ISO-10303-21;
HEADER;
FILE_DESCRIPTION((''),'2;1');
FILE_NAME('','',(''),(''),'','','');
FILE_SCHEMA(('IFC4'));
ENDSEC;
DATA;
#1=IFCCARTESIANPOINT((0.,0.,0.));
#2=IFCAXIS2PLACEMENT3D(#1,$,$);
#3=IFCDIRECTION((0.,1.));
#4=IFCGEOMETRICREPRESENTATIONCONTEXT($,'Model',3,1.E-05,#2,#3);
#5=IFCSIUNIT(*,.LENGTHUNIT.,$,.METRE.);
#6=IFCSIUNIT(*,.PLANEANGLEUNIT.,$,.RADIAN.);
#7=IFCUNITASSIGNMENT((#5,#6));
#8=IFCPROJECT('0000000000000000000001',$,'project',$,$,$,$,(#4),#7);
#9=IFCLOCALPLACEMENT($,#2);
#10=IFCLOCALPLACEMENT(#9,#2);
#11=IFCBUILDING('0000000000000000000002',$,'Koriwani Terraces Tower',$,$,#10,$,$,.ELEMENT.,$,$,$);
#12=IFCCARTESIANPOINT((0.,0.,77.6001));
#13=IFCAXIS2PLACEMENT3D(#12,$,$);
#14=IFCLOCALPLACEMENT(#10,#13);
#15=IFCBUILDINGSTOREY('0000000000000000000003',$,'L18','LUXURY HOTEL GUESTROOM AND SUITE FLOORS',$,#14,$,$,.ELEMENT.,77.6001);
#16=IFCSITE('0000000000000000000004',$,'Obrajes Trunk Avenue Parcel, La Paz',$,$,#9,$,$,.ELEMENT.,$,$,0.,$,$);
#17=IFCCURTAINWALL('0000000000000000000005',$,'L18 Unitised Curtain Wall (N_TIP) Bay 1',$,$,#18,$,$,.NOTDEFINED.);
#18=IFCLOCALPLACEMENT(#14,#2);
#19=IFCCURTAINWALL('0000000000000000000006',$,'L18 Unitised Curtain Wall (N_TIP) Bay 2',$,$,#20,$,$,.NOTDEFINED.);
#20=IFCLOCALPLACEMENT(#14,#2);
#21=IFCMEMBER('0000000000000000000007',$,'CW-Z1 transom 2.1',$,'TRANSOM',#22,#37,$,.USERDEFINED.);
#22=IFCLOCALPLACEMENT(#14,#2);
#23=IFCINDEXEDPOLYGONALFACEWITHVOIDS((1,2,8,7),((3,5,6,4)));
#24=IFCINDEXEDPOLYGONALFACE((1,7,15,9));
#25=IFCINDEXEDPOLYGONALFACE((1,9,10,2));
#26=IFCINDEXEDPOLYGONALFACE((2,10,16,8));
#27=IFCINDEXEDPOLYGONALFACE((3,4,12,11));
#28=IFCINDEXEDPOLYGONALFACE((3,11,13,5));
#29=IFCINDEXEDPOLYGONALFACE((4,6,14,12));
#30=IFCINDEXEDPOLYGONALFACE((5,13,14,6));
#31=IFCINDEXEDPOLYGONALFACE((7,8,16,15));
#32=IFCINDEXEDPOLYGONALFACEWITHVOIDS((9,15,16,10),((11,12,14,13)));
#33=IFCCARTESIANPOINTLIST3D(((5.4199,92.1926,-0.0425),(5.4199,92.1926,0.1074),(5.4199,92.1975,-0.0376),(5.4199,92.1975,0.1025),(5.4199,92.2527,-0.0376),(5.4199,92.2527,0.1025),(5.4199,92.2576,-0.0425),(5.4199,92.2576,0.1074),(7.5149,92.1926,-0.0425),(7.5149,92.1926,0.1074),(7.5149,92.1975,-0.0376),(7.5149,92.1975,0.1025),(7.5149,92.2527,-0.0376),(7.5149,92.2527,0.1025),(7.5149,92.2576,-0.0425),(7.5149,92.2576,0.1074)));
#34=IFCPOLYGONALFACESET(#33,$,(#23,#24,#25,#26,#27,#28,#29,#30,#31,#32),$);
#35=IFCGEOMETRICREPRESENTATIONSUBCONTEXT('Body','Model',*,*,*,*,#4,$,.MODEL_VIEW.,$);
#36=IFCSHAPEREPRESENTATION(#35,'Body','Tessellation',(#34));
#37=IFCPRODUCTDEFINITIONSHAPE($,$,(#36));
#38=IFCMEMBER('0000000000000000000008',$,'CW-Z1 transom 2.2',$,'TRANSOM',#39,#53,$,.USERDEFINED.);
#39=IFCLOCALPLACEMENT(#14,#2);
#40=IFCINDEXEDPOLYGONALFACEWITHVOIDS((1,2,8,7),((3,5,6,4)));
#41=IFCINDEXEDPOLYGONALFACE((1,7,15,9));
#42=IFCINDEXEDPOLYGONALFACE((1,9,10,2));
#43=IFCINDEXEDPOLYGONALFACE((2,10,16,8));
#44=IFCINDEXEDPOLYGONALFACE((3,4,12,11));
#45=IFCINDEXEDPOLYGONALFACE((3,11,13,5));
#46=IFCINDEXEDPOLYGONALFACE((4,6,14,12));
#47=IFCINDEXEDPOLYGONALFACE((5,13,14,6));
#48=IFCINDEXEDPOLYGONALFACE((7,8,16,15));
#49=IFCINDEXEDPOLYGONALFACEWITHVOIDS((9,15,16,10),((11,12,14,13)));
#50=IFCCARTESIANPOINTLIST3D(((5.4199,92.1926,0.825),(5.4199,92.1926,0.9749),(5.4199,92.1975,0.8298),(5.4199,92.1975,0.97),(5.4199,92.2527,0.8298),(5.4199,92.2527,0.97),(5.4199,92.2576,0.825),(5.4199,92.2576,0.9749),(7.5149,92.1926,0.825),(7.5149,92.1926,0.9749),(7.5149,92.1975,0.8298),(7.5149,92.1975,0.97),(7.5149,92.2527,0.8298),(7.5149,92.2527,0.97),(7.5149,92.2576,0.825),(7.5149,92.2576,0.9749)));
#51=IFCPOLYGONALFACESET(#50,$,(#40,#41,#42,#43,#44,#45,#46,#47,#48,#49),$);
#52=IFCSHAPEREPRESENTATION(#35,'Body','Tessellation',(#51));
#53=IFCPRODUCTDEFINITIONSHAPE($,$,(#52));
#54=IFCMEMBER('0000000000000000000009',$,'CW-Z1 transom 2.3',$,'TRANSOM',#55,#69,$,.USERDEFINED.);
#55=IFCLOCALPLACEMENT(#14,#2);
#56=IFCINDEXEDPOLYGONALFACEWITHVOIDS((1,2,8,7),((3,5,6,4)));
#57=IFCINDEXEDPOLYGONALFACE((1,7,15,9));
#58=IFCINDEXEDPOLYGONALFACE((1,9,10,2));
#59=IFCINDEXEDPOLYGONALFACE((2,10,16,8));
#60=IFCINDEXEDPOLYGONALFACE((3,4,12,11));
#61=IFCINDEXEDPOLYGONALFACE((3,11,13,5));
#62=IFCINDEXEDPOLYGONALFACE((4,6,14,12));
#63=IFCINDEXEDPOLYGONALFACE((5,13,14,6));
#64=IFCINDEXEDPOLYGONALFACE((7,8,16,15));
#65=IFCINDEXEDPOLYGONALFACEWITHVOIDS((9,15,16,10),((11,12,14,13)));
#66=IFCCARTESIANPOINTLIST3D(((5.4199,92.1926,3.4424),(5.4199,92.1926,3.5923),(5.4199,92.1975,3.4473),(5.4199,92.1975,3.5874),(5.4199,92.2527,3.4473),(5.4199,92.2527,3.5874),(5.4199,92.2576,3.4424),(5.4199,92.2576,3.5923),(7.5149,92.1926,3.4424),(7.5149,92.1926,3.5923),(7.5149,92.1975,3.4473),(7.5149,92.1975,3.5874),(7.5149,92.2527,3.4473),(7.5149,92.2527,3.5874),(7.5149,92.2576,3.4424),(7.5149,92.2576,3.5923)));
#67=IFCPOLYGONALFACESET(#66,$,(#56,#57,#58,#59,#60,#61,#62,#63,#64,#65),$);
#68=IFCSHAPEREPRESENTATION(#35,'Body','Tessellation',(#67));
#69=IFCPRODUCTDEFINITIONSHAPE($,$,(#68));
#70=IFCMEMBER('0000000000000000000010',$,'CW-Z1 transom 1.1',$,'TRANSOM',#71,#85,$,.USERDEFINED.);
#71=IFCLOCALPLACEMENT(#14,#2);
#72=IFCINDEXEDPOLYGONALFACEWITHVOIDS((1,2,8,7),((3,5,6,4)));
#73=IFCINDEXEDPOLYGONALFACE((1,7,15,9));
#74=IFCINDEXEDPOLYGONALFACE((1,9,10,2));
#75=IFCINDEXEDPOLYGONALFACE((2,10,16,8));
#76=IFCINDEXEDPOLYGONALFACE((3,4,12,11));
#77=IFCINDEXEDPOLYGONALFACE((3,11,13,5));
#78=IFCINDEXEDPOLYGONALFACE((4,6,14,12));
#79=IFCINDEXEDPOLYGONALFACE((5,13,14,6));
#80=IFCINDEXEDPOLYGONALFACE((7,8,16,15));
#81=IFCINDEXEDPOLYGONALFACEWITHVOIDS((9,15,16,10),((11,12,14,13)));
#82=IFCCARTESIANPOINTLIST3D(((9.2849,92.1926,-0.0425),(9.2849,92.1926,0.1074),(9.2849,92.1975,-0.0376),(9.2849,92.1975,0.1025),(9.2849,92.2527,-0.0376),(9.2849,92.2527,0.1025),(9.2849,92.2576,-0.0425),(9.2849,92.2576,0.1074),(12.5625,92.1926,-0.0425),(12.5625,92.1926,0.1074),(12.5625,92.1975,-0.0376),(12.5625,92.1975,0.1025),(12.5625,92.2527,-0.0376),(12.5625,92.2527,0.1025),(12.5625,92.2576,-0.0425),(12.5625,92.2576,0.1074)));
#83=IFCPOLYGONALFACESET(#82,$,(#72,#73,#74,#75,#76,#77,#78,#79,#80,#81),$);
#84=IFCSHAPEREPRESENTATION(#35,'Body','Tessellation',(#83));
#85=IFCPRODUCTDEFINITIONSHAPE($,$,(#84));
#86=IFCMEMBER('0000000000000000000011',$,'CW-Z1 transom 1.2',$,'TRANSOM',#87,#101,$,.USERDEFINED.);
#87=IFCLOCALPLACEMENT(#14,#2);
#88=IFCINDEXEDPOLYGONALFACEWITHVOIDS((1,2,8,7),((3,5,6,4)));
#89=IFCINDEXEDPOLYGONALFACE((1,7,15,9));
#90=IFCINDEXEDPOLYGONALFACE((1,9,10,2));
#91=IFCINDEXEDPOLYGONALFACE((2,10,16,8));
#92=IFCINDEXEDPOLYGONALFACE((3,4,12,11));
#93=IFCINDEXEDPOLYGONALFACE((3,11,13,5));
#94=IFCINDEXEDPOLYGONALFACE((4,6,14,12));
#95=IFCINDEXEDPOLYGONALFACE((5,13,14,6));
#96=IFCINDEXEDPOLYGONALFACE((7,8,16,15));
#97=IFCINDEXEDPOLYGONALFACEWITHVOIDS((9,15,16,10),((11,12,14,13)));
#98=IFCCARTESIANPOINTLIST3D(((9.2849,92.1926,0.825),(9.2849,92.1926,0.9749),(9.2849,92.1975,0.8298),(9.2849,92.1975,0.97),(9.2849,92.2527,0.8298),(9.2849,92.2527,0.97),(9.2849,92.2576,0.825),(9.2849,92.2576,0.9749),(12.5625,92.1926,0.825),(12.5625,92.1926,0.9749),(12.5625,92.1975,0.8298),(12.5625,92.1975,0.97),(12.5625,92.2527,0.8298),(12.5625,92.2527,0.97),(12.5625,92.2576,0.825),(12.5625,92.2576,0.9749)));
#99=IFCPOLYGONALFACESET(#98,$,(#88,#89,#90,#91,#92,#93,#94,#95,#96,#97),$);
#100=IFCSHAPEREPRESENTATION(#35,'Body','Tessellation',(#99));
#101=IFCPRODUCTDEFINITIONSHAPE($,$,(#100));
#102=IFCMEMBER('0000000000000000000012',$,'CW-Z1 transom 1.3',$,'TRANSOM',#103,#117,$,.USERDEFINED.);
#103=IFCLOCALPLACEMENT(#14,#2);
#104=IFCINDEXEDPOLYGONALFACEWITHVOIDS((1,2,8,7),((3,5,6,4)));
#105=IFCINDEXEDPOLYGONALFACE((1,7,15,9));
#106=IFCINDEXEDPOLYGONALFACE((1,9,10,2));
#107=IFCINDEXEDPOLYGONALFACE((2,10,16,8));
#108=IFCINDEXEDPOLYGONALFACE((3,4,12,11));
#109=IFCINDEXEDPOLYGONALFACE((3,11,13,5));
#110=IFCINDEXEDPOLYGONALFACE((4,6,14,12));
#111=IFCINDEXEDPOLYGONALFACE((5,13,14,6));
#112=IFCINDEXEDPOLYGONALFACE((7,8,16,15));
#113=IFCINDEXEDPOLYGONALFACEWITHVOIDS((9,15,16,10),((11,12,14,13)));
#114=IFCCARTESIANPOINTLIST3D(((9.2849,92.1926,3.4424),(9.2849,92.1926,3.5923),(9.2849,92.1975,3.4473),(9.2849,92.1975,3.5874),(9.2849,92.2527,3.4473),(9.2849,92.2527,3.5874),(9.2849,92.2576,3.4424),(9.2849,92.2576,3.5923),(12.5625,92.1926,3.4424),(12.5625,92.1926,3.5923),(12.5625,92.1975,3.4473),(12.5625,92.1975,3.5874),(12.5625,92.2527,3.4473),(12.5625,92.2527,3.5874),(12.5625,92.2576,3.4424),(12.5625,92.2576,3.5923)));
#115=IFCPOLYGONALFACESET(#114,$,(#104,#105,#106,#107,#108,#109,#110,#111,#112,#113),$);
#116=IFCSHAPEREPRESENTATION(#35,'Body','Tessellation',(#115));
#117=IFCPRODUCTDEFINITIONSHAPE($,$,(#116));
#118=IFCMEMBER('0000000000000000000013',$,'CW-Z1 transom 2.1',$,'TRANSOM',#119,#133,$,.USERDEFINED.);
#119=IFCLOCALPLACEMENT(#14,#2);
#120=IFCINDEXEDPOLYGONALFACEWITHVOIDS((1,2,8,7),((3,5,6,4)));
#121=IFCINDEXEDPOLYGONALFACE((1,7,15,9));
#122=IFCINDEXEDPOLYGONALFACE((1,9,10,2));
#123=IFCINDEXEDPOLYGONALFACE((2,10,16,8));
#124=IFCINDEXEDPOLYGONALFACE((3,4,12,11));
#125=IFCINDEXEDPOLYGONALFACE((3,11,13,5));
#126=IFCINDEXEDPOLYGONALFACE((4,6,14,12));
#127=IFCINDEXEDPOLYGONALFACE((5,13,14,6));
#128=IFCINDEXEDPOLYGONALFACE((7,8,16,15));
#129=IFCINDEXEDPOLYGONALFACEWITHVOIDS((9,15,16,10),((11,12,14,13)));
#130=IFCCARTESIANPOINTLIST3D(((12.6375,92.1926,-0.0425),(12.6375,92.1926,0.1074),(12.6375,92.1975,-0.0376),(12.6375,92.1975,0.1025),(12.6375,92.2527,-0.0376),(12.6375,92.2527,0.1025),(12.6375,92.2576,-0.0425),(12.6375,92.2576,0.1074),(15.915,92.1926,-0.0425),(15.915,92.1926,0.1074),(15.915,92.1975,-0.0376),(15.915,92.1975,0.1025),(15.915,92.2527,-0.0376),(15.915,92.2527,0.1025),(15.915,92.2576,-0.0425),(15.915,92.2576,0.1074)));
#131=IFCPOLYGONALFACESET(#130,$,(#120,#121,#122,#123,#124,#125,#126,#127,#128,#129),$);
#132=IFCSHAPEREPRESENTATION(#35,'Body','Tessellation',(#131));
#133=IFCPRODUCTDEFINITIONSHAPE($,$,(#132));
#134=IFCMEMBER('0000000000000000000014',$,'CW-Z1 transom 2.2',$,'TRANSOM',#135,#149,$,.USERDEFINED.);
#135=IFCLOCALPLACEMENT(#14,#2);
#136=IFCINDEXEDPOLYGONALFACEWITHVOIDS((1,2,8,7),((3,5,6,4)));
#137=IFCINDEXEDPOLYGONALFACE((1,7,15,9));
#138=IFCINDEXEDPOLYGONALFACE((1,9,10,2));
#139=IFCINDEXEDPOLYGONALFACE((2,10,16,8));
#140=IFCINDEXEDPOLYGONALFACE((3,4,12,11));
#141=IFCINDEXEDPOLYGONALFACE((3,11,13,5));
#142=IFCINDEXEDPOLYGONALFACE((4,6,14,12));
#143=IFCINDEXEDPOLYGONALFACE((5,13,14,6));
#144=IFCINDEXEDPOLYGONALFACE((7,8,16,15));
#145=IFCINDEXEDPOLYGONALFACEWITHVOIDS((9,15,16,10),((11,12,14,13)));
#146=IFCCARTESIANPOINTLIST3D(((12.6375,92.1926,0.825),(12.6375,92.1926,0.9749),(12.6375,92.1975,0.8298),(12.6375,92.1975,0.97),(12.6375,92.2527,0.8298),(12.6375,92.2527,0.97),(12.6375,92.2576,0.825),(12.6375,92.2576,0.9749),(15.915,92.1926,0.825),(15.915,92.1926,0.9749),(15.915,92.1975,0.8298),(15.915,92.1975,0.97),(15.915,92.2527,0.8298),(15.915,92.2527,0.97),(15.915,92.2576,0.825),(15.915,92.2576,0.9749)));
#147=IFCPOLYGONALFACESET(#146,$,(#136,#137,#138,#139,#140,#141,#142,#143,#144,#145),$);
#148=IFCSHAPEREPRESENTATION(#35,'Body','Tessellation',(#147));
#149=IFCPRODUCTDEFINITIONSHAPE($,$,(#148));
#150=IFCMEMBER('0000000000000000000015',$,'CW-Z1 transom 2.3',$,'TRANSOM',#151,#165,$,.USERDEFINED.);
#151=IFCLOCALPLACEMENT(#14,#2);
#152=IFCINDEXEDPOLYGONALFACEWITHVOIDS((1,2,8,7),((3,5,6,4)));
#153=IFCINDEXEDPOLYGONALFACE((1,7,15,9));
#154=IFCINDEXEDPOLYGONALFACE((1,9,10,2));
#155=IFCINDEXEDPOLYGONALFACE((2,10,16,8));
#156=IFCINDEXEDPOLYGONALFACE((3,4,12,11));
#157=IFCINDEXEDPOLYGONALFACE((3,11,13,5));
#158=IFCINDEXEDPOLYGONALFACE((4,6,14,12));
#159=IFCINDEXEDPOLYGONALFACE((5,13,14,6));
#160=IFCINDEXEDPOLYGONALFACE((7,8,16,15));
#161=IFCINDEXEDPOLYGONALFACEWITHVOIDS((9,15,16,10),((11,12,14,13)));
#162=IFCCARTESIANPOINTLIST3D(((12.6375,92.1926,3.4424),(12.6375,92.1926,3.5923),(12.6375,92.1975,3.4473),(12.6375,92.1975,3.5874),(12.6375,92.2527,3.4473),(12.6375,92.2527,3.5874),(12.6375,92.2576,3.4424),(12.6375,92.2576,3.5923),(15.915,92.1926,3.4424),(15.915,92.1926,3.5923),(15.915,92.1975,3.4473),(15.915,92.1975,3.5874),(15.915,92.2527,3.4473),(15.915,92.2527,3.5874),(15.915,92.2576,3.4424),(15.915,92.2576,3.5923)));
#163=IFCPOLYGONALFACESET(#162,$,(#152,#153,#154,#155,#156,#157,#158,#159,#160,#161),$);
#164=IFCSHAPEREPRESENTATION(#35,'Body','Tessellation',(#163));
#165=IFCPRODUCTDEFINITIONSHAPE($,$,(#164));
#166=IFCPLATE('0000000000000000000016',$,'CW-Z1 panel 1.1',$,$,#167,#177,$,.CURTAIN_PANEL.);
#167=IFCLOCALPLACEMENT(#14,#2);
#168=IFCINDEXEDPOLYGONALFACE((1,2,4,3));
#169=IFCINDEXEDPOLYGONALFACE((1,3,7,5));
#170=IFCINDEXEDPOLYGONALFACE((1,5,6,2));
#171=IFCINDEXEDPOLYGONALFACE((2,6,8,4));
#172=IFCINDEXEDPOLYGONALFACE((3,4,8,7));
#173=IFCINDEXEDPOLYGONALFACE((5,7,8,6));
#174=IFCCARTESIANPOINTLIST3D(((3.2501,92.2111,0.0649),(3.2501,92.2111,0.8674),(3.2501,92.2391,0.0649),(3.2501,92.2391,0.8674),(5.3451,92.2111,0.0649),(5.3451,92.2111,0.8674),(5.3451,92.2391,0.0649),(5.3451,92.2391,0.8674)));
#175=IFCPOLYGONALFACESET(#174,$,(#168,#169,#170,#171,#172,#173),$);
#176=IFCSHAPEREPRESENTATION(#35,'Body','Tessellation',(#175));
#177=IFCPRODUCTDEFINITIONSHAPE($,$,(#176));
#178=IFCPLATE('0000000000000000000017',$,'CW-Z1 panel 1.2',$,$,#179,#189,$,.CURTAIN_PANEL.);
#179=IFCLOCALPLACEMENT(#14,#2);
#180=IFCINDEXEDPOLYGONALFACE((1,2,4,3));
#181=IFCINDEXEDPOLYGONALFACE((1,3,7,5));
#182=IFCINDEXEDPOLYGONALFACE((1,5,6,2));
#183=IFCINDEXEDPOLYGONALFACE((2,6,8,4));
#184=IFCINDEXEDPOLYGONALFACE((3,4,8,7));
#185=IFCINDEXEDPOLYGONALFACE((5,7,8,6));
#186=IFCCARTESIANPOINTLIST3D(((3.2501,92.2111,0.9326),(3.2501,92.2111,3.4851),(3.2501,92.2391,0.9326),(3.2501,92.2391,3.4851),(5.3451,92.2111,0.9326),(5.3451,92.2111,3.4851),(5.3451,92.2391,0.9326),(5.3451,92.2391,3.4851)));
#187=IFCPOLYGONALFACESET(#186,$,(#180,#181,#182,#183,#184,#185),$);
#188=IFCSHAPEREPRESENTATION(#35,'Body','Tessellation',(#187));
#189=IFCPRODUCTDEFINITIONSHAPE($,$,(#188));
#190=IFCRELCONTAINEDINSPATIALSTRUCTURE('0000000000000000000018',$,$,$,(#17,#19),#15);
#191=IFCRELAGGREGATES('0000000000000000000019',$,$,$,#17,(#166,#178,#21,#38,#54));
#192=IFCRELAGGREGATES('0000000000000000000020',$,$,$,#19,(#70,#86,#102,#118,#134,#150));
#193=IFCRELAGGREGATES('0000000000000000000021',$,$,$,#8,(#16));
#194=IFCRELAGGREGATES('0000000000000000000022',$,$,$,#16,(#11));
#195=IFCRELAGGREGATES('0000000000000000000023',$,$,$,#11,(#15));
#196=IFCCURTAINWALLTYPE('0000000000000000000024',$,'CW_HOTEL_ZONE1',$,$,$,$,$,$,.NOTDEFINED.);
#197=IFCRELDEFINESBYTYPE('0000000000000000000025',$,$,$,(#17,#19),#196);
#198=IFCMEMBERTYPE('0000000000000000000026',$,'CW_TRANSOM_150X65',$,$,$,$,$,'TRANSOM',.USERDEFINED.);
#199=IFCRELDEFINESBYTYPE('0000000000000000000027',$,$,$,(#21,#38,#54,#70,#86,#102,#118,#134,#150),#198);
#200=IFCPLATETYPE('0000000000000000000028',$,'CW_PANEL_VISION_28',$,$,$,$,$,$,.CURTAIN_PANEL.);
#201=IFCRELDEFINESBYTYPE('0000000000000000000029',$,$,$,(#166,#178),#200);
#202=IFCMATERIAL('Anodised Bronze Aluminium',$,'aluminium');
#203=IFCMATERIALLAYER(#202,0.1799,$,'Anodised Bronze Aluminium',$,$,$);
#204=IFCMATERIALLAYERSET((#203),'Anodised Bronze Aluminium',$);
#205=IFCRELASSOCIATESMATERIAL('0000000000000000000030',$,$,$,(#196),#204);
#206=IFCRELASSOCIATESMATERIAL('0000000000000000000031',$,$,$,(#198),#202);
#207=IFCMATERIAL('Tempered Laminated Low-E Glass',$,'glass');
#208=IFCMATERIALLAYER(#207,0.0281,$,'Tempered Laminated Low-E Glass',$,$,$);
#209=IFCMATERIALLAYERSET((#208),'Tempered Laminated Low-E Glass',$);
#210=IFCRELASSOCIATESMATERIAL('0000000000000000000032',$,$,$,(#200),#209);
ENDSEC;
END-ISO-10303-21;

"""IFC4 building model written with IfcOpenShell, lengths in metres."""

from ifc_helpers import new_model, si_unit, direction, frame, origin, origin_2d, place, context, subcontext, project, spatial, rectangle, hollow_rectangle, extrude, material, layer, layer_set, material_profile, profile_set, type_object, element, aggregate, save


model = new_model("IFC4")

# Units and contexts
model_context = context("Model", 3, precision=1e-05, world=origin(), true_north=direction((0.0, 1.0)))
body_context = subcontext(model_context, "Body", "Model", "MODEL_VIEW")
ifc_project = project(units=[si_unit("LENGTHUNIT", "METRE"), si_unit("PLANEANGLEUNIT", "RADIAN")], contexts=[model_context])

# Site, building, storey
site_placement = place(None, origin())
site = spatial("IfcSite", under=ifc_project, at=site_placement, Name="Obrajes Trunk Avenue Parcel, La Paz", CompositionType="ELEMENT", RefElevation=0.0)
building_placement = place(site_placement, origin())
building = spatial("IfcBuilding", under=site, at=building_placement, Name="Koriwani Terraces Tower", CompositionType="ELEMENT")
storey_placement = place(building_placement, frame((0.0, 0.0, 77.6001)))
storey = spatial("IfcBuildingStorey", under=building, at=storey_placement, Name="L18", Description="LUXURY HOTEL GUESTROOM AND SUITE FLOORS", CompositionType="ELEMENT", Elevation=77.6001)

# Curtain walls
ifc_material_1 = material(Name="Anodised Bronze Aluminium", Category="aluminium")
ifc_layer_1 = layer(ifc_material_1, 0.1799, Name="Anodised Bronze Aluminium")
ifc_layer_set_1 = layer_set([ifc_layer_1], Name="Anodised Bronze Aluminium")
curtain_wall_type = type_object("IfcCurtainWallType", Name="CW_HOTEL_ZONE1", PredefinedType="NOTDEFINED", material=ifc_layer_set_1)
curtain_wall_1_placement = place(storey_placement, origin())
curtain_wall_1 = element("IfcCurtainWall", 1, at=curtain_wall_1_placement, inside=storey, type_object=curtain_wall_type, Name="L18 Unitised Curtain Wall (N_TIP) Bay 1", PredefinedType="NOTDEFINED")
curtain_wall_2_placement = place(storey_placement, origin())
curtain_wall_2 = element("IfcCurtainWall", 2, at=curtain_wall_2_placement, inside=storey, type_object=curtain_wall_type, Name="L18 Unitised Curtain Wall (N_TIP) Bay 2", PredefinedType="NOTDEFINED")

# Members
ifc_material_profile_1 = material_profile(ifc_material_1, hollow_rectangle(XDim=0.0649, YDim=0.1499, WallThickness=0.0049, at=origin_2d()), Name="Anodised Bronze Aluminium", Category="LoadBearing")
ifc_profile_set_1 = profile_set([ifc_material_profile_1], Name="Anodised Bronze Aluminium")
member_type_1 = type_object("IfcMemberType", Name="CW_TRANSOM_150X65", ElementType="TRANSOM", PredefinedType="USERDEFINED", material=ifc_profile_set_1)
member_1_placement = place(storey_placement, frame((5.4199, 92.2251, 0.0325), z_axis=(1.0, 0.0, 0.0), x_axis=(0.0, 1.0, 0.0)))
member_1 = element("IfcMember", 3, at=member_1_placement, type_object=member_type_1, Name="CW-Z1 transom 2.1", ObjectType="TRANSOM", PredefinedType="USERDEFINED", context=body_context, shape_type="SweptSolid", body=[
    extrude(hollow_rectangle(XDim=0.0649, YDim=0.1499, WallThickness=0.0049, at=origin_2d()), origin(), (0.0, 0.0, 1.0), 2.095),
])
member_2_placement = place(storey_placement, frame((5.4199, 92.2251, 0.8999), z_axis=(1.0, 0.0, 0.0), x_axis=(0.0, 1.0, 0.0)))
member_2 = element("IfcMember", 4, at=member_2_placement, type_object=member_type_1, Name="CW-Z1 transom 2.2", ObjectType="TRANSOM", PredefinedType="USERDEFINED", context=body_context, shape_type="SweptSolid", body=[
    extrude(hollow_rectangle(XDim=0.0649, YDim=0.1499, WallThickness=0.0049, at=origin_2d()), origin(), (0.0, 0.0, 1.0), 2.095),
])
member_3_placement = place(storey_placement, frame((5.4199, 92.2251, 3.5173), z_axis=(1.0, 0.0, 0.0), x_axis=(0.0, 1.0, 0.0)))
member_3 = element("IfcMember", 5, at=member_3_placement, type_object=member_type_1, Name="CW-Z1 transom 2.3", ObjectType="TRANSOM", PredefinedType="USERDEFINED", context=body_context, shape_type="SweptSolid", body=[
    extrude(hollow_rectangle(XDim=0.0649, YDim=0.1499, WallThickness=0.0049, at=origin_2d()), origin(), (0.0, 0.0, 1.0), 2.095),
])
member_4_placement = place(storey_placement, frame((9.2849, 92.2251, 0.0325), z_axis=(1.0, 0.0, 0.0), x_axis=(0.0, 1.0, 0.0)))
member_4 = element("IfcMember", 6, at=member_4_placement, type_object=member_type_1, Name="CW-Z1 transom 1.1", ObjectType="TRANSOM", PredefinedType="USERDEFINED", context=body_context, shape_type="SweptSolid", body=[
    extrude(hollow_rectangle(XDim=0.0649, YDim=0.1499, WallThickness=0.0049, at=origin_2d()), origin(), (0.0, 0.0, 1.0), 3.2776),
])
member_5_placement = place(storey_placement, frame((9.2849, 92.2251, 0.8999), z_axis=(1.0, 0.0, 0.0), x_axis=(0.0, 1.0, 0.0)))
member_5 = element("IfcMember", 7, at=member_5_placement, type_object=member_type_1, Name="CW-Z1 transom 1.2", ObjectType="TRANSOM", PredefinedType="USERDEFINED", context=body_context, shape_type="SweptSolid", body=[
    extrude(hollow_rectangle(XDim=0.0649, YDim=0.1499, WallThickness=0.0049, at=origin_2d()), origin(), (0.0, 0.0, 1.0), 3.2776),
])
member_6_placement = place(storey_placement, frame((9.2849, 92.2251, 3.5173), z_axis=(1.0, 0.0, 0.0), x_axis=(0.0, 1.0, 0.0)))
member_6 = element("IfcMember", 8, at=member_6_placement, type_object=member_type_1, Name="CW-Z1 transom 1.3", ObjectType="TRANSOM", PredefinedType="USERDEFINED", context=body_context, shape_type="SweptSolid", body=[
    extrude(hollow_rectangle(XDim=0.0649, YDim=0.1499, WallThickness=0.0049, at=origin_2d()), origin(), (0.0, 0.0, 1.0), 3.2776),
])
member_7_placement = place(storey_placement, frame((12.6375, 92.2251, 0.0325), z_axis=(1.0, 0.0, 0.0), x_axis=(0.0, 1.0, 0.0)))
member_7 = element("IfcMember", 9, at=member_7_placement, type_object=member_type_1, Name="CW-Z1 transom 2.1", ObjectType="TRANSOM", PredefinedType="USERDEFINED", context=body_context, shape_type="SweptSolid", body=[
    extrude(hollow_rectangle(XDim=0.0649, YDim=0.1499, WallThickness=0.0049, at=origin_2d()), origin(), (0.0, 0.0, 1.0), 3.2776),
])
member_8_placement = place(storey_placement, frame((12.6375, 92.2251, 0.8999), z_axis=(1.0, 0.0, 0.0), x_axis=(0.0, 1.0, 0.0)))
member_8 = element("IfcMember", 10, at=member_8_placement, type_object=member_type_1, Name="CW-Z1 transom 2.2", ObjectType="TRANSOM", PredefinedType="USERDEFINED", context=body_context, shape_type="SweptSolid", body=[
    extrude(hollow_rectangle(XDim=0.0649, YDim=0.1499, WallThickness=0.0049, at=origin_2d()), origin(), (0.0, 0.0, 1.0), 3.2776),
])
member_9_placement = place(storey_placement, frame((12.6375, 92.2251, 3.5173), z_axis=(1.0, 0.0, 0.0), x_axis=(0.0, 1.0, 0.0)))
member_9 = element("IfcMember", 11, at=member_9_placement, type_object=member_type_1, Name="CW-Z1 transom 2.3", ObjectType="TRANSOM", PredefinedType="USERDEFINED", context=body_context, shape_type="SweptSolid", body=[
    extrude(hollow_rectangle(XDim=0.0649, YDim=0.1499, WallThickness=0.0049, at=origin_2d()), origin(), (0.0, 0.0, 1.0), 3.2776),
])

# Plates
ifc_material_2 = material(Name="Tempered Laminated Low-E Glass", Category="glass")
ifc_layer_2 = layer(ifc_material_2, 0.0281, Name="Tempered Laminated Low-E Glass")
ifc_layer_set_2 = layer_set([ifc_layer_2], Name="Tempered Laminated Low-E Glass")
plate_type = type_object("IfcPlateType", Name="CW_PANEL_VISION_28", PredefinedType="CURTAIN_PANEL", material=ifc_layer_set_2)
plate_1_placement = place(storey_placement, frame((4.2976, 92.2251, 0.0649), z_axis=(0.0, 0.0, 1.0), x_axis=(1.0, 0.0, 0.0)))
plate_1 = element("IfcPlate", 12, at=plate_1_placement, type_object=plate_type, Name="CW-Z1 panel 1.1", PredefinedType="CURTAIN_PANEL", context=body_context, shape_type="SweptSolid", body=[
    extrude(rectangle(XDim=2.095, YDim=0.0281, at=origin_2d()), origin(), (0.0, 0.0, 1.0), 0.8025),
])
plate_2_placement = place(storey_placement, frame((4.2976, 92.2251, 0.9326), z_axis=(0.0, 0.0, 1.0), x_axis=(1.0, 0.0, 0.0)))
plate_2 = element("IfcPlate", 13, at=plate_2_placement, type_object=plate_type, Name="CW-Z1 panel 1.2", PredefinedType="CURTAIN_PANEL", context=body_context, shape_type="SweptSolid", body=[
    extrude(rectangle(XDim=2.095, YDim=0.0281, at=origin_2d()), origin(), (0.0, 0.0, 1.0), 2.5525),
])
aggregate(curtain_wall_1, [plate_1, plate_2, member_1, member_2, member_3])
aggregate(curtain_wall_2, [member_4, member_5, member_6, member_7, member_8, member_9])

save(model, "model.ifc")
